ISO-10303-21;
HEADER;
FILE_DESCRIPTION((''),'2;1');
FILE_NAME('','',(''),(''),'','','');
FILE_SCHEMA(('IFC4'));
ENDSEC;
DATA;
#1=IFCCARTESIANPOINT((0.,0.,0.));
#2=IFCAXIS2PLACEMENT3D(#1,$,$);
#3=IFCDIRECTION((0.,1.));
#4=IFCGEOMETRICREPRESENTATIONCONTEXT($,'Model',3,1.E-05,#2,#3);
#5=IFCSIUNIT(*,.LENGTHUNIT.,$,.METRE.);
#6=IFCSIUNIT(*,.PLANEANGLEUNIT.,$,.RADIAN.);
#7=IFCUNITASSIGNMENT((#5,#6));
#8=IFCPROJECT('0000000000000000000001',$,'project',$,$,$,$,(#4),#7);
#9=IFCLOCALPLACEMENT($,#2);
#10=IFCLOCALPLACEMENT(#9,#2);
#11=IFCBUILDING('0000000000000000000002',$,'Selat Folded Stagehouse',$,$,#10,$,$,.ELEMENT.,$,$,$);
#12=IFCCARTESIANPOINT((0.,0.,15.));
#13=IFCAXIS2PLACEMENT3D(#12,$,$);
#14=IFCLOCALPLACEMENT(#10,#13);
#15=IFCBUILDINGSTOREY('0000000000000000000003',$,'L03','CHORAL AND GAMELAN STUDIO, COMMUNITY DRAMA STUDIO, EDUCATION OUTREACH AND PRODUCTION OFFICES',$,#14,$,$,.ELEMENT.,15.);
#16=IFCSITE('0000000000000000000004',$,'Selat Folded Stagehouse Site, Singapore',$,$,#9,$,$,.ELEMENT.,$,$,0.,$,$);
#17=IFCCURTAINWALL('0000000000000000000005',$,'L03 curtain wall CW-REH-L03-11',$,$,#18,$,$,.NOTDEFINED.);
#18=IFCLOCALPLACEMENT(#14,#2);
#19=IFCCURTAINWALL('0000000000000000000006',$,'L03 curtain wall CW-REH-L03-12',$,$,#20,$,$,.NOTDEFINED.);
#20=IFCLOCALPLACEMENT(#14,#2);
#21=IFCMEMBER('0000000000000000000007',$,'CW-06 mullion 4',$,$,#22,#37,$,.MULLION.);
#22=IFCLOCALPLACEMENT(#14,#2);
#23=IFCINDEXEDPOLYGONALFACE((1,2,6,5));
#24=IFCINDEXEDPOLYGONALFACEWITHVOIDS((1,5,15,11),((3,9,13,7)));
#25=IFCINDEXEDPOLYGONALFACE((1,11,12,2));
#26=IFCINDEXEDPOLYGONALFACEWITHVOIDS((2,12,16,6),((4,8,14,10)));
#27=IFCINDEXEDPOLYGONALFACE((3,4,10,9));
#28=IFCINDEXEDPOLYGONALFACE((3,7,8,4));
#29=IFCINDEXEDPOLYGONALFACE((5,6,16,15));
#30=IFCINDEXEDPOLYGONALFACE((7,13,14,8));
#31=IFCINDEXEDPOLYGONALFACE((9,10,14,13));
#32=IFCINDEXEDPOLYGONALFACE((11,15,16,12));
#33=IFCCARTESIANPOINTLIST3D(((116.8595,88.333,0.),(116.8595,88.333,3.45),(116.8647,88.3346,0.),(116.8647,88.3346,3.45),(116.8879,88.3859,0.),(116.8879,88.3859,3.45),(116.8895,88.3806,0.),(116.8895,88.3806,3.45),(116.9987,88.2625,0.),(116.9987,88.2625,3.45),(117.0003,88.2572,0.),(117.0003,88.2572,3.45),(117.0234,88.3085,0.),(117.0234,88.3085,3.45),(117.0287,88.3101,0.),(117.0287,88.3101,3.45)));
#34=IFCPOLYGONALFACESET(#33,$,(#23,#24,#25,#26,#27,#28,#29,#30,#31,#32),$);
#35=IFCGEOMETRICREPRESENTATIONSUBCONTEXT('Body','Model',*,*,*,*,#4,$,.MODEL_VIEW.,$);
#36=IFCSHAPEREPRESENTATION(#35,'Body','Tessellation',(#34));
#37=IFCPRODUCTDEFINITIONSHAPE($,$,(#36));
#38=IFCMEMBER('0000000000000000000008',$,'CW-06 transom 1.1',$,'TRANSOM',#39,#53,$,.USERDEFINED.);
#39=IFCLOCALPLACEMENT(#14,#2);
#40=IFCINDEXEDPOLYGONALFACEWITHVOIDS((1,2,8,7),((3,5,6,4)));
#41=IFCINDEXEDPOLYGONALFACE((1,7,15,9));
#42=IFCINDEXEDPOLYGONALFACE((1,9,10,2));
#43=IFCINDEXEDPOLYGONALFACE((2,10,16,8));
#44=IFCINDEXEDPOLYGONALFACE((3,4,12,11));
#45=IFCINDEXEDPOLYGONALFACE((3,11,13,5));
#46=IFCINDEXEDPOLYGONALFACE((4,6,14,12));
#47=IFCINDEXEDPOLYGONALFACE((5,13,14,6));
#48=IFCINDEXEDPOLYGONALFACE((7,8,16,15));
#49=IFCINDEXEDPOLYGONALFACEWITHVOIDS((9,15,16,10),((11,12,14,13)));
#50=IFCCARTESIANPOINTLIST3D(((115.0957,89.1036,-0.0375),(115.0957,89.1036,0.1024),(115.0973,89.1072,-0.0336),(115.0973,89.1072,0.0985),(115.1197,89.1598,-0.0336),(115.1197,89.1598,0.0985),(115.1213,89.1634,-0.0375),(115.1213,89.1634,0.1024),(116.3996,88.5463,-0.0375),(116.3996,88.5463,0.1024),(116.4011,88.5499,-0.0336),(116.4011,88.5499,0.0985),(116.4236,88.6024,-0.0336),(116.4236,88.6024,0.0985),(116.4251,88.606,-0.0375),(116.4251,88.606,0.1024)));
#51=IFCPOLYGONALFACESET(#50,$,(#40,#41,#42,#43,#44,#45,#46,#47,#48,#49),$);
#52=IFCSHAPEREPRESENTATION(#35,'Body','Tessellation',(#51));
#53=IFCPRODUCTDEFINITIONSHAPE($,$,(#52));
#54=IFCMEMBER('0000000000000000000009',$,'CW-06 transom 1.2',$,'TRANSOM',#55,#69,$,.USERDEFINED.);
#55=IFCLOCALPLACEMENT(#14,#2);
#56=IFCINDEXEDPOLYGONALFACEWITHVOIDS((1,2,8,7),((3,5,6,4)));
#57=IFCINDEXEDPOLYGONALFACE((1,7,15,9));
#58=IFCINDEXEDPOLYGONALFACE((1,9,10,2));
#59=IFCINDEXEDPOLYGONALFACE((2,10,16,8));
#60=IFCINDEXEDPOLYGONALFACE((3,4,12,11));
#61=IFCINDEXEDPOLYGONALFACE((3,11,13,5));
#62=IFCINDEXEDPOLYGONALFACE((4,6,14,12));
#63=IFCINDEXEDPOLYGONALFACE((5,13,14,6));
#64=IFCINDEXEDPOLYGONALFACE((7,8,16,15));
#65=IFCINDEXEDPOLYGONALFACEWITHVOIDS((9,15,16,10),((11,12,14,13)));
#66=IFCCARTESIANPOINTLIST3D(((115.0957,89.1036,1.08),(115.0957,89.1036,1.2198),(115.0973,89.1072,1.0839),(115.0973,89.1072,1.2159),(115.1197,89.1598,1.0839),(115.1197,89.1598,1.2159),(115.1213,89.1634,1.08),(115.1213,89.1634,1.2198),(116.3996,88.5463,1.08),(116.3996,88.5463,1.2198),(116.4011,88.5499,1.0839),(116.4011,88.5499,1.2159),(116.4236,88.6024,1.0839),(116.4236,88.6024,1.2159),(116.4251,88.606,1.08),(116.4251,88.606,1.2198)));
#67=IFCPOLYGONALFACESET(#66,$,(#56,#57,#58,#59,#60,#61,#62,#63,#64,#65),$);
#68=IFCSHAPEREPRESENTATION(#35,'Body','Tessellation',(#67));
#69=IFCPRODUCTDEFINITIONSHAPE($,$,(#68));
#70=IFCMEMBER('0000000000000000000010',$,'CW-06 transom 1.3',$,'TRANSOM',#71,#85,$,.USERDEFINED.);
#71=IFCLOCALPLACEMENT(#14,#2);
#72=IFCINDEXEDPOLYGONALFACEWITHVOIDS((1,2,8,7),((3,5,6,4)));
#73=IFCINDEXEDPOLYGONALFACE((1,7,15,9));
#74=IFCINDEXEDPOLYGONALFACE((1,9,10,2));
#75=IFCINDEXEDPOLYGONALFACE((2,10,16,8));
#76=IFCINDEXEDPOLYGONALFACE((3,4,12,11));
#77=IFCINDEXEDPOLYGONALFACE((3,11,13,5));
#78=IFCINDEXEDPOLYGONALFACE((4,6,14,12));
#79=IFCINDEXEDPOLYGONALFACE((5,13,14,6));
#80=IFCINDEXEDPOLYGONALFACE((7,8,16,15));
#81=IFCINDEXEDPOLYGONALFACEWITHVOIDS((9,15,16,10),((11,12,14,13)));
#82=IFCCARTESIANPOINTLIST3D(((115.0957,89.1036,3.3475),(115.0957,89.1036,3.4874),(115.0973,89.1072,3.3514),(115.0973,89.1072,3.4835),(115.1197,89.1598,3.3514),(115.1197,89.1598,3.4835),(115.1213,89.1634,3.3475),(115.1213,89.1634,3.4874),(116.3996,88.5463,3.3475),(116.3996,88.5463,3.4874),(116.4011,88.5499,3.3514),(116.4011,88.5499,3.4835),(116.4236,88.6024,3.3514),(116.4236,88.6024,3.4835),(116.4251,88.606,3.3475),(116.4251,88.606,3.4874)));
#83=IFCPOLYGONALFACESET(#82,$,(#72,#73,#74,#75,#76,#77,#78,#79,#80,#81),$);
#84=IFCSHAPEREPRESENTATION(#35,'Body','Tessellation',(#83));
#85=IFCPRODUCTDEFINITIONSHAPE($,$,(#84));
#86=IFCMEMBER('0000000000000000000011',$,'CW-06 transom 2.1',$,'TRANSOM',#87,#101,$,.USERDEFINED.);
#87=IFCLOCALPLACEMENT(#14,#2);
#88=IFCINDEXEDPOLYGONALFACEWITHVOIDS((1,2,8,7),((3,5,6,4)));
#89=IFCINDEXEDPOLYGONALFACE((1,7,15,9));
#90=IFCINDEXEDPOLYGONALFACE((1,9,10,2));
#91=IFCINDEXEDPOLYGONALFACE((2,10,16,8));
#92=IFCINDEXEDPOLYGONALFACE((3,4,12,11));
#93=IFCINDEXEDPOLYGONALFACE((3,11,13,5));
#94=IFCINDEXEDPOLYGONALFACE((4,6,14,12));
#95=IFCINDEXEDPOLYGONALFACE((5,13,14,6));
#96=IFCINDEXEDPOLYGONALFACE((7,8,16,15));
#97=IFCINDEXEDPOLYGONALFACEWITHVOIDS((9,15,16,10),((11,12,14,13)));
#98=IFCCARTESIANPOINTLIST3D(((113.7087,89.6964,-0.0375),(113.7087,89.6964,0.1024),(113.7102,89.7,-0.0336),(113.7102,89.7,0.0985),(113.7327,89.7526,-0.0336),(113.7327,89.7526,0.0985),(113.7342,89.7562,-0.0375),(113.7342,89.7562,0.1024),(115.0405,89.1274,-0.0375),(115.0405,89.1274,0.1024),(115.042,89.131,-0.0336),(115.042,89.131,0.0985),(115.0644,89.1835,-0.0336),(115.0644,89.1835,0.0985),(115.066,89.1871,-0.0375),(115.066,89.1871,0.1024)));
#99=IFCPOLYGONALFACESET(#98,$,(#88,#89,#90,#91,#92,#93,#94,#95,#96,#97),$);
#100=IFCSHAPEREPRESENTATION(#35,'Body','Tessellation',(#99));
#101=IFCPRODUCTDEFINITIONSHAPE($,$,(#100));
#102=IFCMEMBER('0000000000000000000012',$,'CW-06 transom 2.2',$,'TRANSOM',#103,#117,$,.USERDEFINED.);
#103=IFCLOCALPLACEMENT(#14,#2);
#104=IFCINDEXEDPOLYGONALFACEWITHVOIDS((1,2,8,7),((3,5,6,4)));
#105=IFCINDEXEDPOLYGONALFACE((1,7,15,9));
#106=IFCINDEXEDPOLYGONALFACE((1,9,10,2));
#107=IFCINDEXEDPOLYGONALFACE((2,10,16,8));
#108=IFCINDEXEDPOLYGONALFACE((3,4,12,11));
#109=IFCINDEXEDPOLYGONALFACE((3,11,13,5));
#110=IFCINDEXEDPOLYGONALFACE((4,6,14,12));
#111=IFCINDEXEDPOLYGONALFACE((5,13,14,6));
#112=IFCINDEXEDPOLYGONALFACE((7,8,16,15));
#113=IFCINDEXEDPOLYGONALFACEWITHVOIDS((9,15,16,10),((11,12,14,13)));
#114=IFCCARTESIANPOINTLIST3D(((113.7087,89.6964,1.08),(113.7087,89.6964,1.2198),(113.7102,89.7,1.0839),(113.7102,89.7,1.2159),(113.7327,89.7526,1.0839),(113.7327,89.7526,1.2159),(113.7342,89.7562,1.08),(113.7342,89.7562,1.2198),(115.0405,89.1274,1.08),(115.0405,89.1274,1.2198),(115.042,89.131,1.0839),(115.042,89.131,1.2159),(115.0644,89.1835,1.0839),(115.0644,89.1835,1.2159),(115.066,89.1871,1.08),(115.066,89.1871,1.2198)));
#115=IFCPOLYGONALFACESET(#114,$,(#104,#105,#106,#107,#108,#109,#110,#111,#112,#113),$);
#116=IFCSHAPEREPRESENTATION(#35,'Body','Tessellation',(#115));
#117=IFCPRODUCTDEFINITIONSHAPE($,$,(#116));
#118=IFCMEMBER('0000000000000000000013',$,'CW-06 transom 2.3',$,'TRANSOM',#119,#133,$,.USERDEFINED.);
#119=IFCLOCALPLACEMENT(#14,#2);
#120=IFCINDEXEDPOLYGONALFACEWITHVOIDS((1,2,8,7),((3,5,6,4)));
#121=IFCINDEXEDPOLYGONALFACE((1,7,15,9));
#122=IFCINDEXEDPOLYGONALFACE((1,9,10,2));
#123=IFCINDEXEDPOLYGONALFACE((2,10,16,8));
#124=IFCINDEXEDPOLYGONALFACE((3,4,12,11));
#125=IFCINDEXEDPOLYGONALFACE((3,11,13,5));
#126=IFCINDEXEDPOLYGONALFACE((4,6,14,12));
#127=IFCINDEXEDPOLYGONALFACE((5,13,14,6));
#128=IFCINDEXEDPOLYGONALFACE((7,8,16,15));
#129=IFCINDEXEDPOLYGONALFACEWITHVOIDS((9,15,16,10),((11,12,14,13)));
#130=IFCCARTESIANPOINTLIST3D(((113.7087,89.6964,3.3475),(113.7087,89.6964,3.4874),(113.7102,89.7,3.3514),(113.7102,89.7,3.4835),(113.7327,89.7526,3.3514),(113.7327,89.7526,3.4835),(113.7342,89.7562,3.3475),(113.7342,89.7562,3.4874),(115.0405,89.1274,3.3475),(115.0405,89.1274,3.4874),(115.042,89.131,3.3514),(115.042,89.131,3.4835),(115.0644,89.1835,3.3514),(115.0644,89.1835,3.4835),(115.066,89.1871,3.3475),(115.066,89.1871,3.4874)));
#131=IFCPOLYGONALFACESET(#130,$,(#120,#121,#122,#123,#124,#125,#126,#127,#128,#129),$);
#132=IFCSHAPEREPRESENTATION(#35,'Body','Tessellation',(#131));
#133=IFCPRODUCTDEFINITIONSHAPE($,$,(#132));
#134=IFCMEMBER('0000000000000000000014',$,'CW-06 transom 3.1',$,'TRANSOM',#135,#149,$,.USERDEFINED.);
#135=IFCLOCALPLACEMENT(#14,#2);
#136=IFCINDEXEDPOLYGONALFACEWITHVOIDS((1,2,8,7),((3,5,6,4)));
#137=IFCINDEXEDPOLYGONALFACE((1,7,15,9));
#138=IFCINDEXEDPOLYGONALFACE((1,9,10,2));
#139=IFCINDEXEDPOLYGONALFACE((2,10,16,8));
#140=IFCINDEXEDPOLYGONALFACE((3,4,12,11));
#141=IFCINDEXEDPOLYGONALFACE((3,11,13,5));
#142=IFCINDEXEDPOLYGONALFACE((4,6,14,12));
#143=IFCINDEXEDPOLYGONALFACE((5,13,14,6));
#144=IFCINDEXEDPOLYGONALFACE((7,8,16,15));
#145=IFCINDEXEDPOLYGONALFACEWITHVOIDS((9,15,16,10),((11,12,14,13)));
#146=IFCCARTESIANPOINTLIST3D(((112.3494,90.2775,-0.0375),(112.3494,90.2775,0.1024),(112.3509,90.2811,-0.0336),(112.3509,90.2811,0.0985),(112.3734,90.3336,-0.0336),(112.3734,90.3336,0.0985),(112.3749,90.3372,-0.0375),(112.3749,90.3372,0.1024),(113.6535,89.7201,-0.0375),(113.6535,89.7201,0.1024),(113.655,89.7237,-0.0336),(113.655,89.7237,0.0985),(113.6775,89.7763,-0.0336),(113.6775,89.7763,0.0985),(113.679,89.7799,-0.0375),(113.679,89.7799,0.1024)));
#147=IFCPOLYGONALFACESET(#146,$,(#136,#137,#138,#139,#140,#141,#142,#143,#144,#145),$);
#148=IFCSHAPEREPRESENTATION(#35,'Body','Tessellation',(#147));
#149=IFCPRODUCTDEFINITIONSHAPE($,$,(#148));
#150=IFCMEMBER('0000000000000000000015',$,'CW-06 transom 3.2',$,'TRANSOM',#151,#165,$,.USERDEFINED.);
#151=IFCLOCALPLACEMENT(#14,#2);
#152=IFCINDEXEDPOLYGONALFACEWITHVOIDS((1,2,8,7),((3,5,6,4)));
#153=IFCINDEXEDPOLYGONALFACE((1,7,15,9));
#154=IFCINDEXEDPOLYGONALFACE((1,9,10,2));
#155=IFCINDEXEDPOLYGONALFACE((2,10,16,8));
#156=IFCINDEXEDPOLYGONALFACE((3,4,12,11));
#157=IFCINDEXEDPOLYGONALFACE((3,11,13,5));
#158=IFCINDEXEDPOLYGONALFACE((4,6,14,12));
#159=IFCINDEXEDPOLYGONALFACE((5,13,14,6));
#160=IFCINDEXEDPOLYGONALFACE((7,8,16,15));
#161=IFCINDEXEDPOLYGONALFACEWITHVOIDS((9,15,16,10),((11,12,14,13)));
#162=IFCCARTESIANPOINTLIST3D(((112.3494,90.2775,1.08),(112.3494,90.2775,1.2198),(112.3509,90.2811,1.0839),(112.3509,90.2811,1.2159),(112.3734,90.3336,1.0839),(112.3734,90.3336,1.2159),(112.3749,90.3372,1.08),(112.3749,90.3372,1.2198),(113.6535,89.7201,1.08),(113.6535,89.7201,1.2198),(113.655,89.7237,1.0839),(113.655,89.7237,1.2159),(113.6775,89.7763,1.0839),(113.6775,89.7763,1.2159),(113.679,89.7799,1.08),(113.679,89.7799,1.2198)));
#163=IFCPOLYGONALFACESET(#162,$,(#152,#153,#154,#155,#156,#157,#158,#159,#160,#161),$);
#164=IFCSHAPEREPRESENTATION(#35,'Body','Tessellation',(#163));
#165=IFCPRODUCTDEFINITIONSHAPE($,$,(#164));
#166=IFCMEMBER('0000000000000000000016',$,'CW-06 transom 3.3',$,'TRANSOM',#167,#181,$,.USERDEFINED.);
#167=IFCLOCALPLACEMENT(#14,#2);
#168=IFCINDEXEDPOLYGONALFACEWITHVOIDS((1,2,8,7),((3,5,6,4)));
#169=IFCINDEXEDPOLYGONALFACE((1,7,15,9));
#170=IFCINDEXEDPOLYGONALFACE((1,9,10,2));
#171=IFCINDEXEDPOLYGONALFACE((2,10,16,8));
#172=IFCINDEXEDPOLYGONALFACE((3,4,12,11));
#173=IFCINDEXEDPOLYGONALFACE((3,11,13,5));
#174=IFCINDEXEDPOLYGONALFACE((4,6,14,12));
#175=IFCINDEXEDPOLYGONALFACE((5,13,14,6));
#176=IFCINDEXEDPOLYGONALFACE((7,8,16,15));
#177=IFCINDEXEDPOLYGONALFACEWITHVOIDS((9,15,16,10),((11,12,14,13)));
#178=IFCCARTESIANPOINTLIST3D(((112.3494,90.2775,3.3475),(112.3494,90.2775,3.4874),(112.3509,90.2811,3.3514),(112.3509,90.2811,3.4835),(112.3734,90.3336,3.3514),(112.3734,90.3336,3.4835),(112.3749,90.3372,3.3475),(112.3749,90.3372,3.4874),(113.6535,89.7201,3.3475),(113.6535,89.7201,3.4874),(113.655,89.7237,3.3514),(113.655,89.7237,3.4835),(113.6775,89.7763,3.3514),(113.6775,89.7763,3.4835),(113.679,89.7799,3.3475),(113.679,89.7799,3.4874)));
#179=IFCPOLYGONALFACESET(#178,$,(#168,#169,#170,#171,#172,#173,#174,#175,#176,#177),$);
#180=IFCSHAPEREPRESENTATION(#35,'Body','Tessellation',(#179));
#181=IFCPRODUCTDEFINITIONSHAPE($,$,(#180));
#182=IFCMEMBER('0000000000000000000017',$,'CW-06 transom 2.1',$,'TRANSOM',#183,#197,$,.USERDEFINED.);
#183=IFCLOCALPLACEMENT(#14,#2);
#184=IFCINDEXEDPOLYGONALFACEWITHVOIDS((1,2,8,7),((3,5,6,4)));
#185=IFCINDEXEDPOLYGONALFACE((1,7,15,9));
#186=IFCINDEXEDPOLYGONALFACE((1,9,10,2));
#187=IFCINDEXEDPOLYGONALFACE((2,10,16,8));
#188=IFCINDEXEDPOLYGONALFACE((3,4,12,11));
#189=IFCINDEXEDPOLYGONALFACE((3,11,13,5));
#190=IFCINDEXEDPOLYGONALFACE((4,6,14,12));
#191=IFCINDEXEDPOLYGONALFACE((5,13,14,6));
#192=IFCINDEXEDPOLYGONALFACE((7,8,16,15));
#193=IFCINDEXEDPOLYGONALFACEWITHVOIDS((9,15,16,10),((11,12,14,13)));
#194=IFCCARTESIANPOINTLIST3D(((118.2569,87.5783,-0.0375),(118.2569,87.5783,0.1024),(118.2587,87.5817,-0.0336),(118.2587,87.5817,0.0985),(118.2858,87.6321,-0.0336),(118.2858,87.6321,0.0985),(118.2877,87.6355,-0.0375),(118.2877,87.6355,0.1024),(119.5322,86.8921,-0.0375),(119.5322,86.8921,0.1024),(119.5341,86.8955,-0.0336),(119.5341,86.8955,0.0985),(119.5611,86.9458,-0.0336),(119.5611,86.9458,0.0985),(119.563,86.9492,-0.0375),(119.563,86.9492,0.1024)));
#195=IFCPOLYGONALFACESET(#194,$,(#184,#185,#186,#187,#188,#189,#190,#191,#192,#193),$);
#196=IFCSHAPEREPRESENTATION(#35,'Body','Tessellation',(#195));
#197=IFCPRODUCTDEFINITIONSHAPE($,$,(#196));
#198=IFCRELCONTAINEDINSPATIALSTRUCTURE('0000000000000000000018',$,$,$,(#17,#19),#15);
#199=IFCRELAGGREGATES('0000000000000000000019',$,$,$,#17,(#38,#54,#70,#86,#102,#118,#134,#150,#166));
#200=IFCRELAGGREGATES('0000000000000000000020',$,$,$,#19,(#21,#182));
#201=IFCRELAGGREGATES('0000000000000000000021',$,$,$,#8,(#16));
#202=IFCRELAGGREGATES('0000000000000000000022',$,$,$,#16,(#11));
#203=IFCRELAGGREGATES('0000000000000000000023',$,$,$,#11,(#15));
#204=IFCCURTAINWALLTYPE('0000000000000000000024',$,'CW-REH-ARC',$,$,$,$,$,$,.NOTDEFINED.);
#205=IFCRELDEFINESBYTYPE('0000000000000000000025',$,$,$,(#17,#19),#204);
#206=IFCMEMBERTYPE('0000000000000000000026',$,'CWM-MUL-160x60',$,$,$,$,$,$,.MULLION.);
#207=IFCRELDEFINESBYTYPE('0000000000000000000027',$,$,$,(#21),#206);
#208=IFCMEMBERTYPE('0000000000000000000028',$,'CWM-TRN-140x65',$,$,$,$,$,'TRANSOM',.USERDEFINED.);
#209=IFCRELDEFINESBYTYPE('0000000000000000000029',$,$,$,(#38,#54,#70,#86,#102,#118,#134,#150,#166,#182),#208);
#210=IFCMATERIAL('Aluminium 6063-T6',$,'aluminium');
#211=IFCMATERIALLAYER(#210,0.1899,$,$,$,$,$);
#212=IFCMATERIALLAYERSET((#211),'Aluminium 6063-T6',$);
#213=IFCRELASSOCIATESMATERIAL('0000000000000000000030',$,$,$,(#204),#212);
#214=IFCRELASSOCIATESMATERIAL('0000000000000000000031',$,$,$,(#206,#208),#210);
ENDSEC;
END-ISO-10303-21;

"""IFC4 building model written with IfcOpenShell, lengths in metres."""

from ifc_helpers import new_model, si_unit, direction, frame, origin, origin_2d, place, context, subcontext, project, spatial, hollow_rectangle, extrude, material, layer, layer_set, material_profile, profile_set, type_object, element, aggregate, save


model = new_model("IFC4")

# Units and contexts
model_context = context("Model", 3, precision=1e-05, world=origin(), true_north=direction((0.0, 1.0)))
body_context = subcontext(model_context, "Body", "Model", "MODEL_VIEW")
ifc_project = project(units=[si_unit("LENGTHUNIT", "METRE"), si_unit("PLANEANGLEUNIT", "RADIAN")], contexts=[model_context])

# Site, building, storey
site_placement = place(None, origin())
site = spatial("IfcSite", under=ifc_project, at=site_placement, Name="Selat Folded Stagehouse Site, Singapore", CompositionType="ELEMENT", RefElevation=0.0)
building_placement = place(site_placement, origin())
building = spatial("IfcBuilding", under=site, at=building_placement, Name="Selat Folded Stagehouse", CompositionType="ELEMENT")
storey_placement = place(building_placement, frame((0.0, 0.0, 15.0)))
storey = spatial("IfcBuildingStorey", under=building, at=storey_placement, Name="L03", Description="CHORAL AND GAMELAN STUDIO, COMMUNITY DRAMA STUDIO, EDUCATION OUTREACH AND PRODUCTION OFFICES", CompositionType="ELEMENT", Elevation=15.0)

# Curtain walls, member
ifc_material_1 = material(Name="Aluminium 6063-T6", Category="aluminium")
ifc_layer_1 = layer(ifc_material_1, 0.1899)
ifc_layer_set_1 = layer_set([ifc_layer_1], Name="Aluminium 6063-T6")
curtain_wall_type = type_object("IfcCurtainWallType", Name="CW-REH-ARC", PredefinedType="NOTDEFINED", material=ifc_layer_set_1)
curtain_wall_1_placement = place(storey_placement, origin())
curtain_wall_1 = element("IfcCurtainWall", 1, at=curtain_wall_1_placement, inside=storey, type_object=curtain_wall_type, Name="L03 curtain wall CW-REH-L03-11", PredefinedType="NOTDEFINED")
ifc_material_profile_1 = material_profile(ifc_material_1, hollow_rectangle(XDim=0.0601, YDim=0.1599, WallThickness=0.0039, at=origin_2d()), Name="ALU 160x60x4.0")
ifc_profile_set_1 = profile_set([ifc_material_profile_1], Name="Aluminium 6063-T6")
member_type_1 = type_object("IfcMemberType", Name="CWM-MUL-160x60", PredefinedType="MULLION", material=ifc_profile_set_1)
curtain_wall_2_placement = place(storey_placement, origin())
curtain_wall_2 = element("IfcCurtainWall", 2, at=curtain_wall_2_placement, inside=storey, type_object=curtain_wall_type, Name="L03 curtain wall CW-REH-L03-12", PredefinedType="NOTDEFINED")
member_1_placement = place(storey_placement, frame((116.9441, 88.3215, 0.0), z_axis=(0.0, 0.0, 1.0), x_axis=(-0.473859, -0.880601, 0.0)))
member_1 = element("IfcMember", 3, at=member_1_placement, type_object=member_type_1, Name="CW-06 mullion 4", PredefinedType="MULLION", context=body_context, shape_type="SweptSolid", body=[
    extrude(hollow_rectangle(XDim=0.0601, YDim=0.1599, WallThickness=0.0039, at=origin_2d()), origin(), (0.0, 0.0, 1.0), 3.45),
])

# Members
ifc_material_profile_2 = material_profile(ifc_material_1, hollow_rectangle(XDim=0.0649, YDim=0.1399, WallThickness=0.0039, at=origin_2d()), Name="ALU 140x65x4.0")
ifc_profile_set_2 = profile_set([ifc_material_profile_2], Name="Aluminium 6063-T6")
member_type_2 = type_object("IfcMemberType", Name="CWM-TRN-140x65", ElementType="TRANSOM", PredefinedType="USERDEFINED", material=ifc_profile_set_2)
member_2_placement = place(storey_placement, frame((116.4124, 88.5762, 0.0325), z_axis=(-0.919519, 0.393046, 0.0), x_axis=(-0.393046, -0.919519, 0.0)))
member_2 = element("IfcMember", 4, at=member_2_placement, type_object=member_type_2, Name="CW-06 transom 1.1", ObjectType="TRANSOM", PredefinedType="USERDEFINED", context=body_context, shape_type="SweptSolid", body=[
    extrude(hollow_rectangle(XDim=0.0649, YDim=0.1399, WallThickness=0.0039, at=origin_2d()), origin(), (0.0, 0.0, 1.0), 1.418),
])
member_3_placement = place(storey_placement, frame((116.4124, 88.5762, 1.1499), z_axis=(-0.919519, 0.393046, 0.0), x_axis=(-0.393046, -0.919519, 0.0)))
member_3 = element("IfcMember", 5, at=member_3_placement, type_object=member_type_2, Name="CW-06 transom 1.2", ObjectType="TRANSOM", PredefinedType="USERDEFINED", context=body_context, shape_type="SweptSolid", body=[
    extrude(hollow_rectangle(XDim=0.0649, YDim=0.1399, WallThickness=0.0039, at=origin_2d()), origin(), (0.0, 0.0, 1.0), 1.418),
])
member_4_placement = place(storey_placement, frame((116.4124, 88.5762, 3.4175), z_axis=(-0.919519, 0.393046, 0.0), x_axis=(-0.393046, -0.919519, 0.0)))
member_4 = element("IfcMember", 6, at=member_4_placement, type_object=member_type_2, Name="CW-06 transom 1.3", ObjectType="TRANSOM", PredefinedType="USERDEFINED", context=body_context, shape_type="SweptSolid", body=[
    extrude(hollow_rectangle(XDim=0.0649, YDim=0.1399, WallThickness=0.0039, at=origin_2d()), origin(), (0.0, 0.0, 1.0), 1.418),
])
member_5_placement = place(storey_placement, frame((115.0532, 89.1572, 0.0325), z_axis=(-0.919563, 0.392943, 0.0), x_axis=(-0.392943, -0.919563, 0.0)))
member_5 = element("IfcMember", 7, at=member_5_placement, type_object=member_type_2, Name="CW-06 transom 2.1", ObjectType="TRANSOM", PredefinedType="USERDEFINED", context=body_context, shape_type="SweptSolid", body=[
    extrude(hollow_rectangle(XDim=0.0649, YDim=0.1399, WallThickness=0.0039, at=origin_2d()), origin(), (0.0, 0.0, 1.0), 1.4482),
])
member_6_placement = place(storey_placement, frame((115.0532, 89.1572, 1.1499), z_axis=(-0.919563, 0.392943, 0.0), x_axis=(-0.392943, -0.919563, 0.0)))
member_6 = element("IfcMember", 8, at=member_6_placement, type_object=member_type_2, Name="CW-06 transom 2.2", ObjectType="TRANSOM", PredefinedType="USERDEFINED", context=body_context, shape_type="SweptSolid", body=[
    extrude(hollow_rectangle(XDim=0.0649, YDim=0.1399, WallThickness=0.0039, at=origin_2d()), origin(), (0.0, 0.0, 1.0), 1.4482),
])
member_7_placement = place(storey_placement, frame((115.0532, 89.1572, 3.4175), z_axis=(-0.919563, 0.392943, 0.0), x_axis=(-0.392943, -0.919563, 0.0)))
member_7 = element("IfcMember", 9, at=member_7_placement, type_object=member_type_2, Name="CW-06 transom 2.3", ObjectType="TRANSOM", PredefinedType="USERDEFINED", context=body_context, shape_type="SweptSolid", body=[
    extrude(hollow_rectangle(XDim=0.0649, YDim=0.1399, WallThickness=0.0039, at=origin_2d()), origin(), (0.0, 0.0, 1.0), 1.4482),
])
member_8_placement = place(storey_placement, frame((113.6663, 89.75, 0.0325), z_axis=(-0.919545, 0.392984, 0.0), x_axis=(-0.392984, -0.919545, 0.0)))
member_8 = element("IfcMember", 10, at=member_8_placement, type_object=member_type_2, Name="CW-06 transom 3.1", ObjectType="TRANSOM", PredefinedType="USERDEFINED", context=body_context, shape_type="SweptSolid", body=[
    extrude(hollow_rectangle(XDim=0.0649, YDim=0.1399, WallThickness=0.0039, at=origin_2d()), origin(), (0.0, 0.0, 1.0), 1.4182),
])
member_9_placement = place(storey_placement, frame((113.6663, 89.75, 1.1499), z_axis=(-0.919545, 0.392984, 0.0), x_axis=(-0.392984, -0.919545, 0.0)))
member_9 = element("IfcMember", 11, at=member_9_placement, type_object=member_type_2, Name="CW-06 transom 3.2", ObjectType="TRANSOM", PredefinedType="USERDEFINED", context=body_context, shape_type="SweptSolid", body=[
    extrude(hollow_rectangle(XDim=0.0649, YDim=0.1399, WallThickness=0.0039, at=origin_2d()), origin(), (0.0, 0.0, 1.0), 1.4182),
])
member_10_placement = place(storey_placement, frame((113.6663, 89.75, 3.4175), z_axis=(-0.919545, 0.392984, 0.0), x_axis=(-0.392984, -0.919545, 0.0)))
member_10 = element("IfcMember", 12, at=member_10_placement, type_object=member_type_2, Name="CW-06 transom 3.3", ObjectType="TRANSOM", PredefinedType="USERDEFINED", context=body_context, shape_type="SweptSolid", body=[
    extrude(hollow_rectangle(XDim=0.0649, YDim=0.1399, WallThickness=0.0039, at=origin_2d()), origin(), (0.0, 0.0, 1.0), 1.4182),
])
member_11_placement = place(storey_placement, frame((119.5476, 86.9207, 0.0325), z_axis=(-0.880606, 0.473848, 0.0), x_axis=(-0.473848, -0.880606, 0.0)))
member_11 = element("IfcMember", 13, at=member_11_placement, type_object=member_type_2, Name="CW-06 transom 2.1", ObjectType="TRANSOM", PredefinedType="USERDEFINED", context=body_context, shape_type="SweptSolid", body=[
    extrude(hollow_rectangle(XDim=0.0649, YDim=0.1399, WallThickness=0.0039, at=origin_2d()), origin(), (0.0, 0.0, 1.0), 1.4482),
])

aggregate(curtain_wall_1, [member_2, member_3, member_4, member_5, member_6, member_7, member_8, member_9, member_10])
aggregate(curtain_wall_2, [member_1, member_11])

save(model, "model.ifc")
